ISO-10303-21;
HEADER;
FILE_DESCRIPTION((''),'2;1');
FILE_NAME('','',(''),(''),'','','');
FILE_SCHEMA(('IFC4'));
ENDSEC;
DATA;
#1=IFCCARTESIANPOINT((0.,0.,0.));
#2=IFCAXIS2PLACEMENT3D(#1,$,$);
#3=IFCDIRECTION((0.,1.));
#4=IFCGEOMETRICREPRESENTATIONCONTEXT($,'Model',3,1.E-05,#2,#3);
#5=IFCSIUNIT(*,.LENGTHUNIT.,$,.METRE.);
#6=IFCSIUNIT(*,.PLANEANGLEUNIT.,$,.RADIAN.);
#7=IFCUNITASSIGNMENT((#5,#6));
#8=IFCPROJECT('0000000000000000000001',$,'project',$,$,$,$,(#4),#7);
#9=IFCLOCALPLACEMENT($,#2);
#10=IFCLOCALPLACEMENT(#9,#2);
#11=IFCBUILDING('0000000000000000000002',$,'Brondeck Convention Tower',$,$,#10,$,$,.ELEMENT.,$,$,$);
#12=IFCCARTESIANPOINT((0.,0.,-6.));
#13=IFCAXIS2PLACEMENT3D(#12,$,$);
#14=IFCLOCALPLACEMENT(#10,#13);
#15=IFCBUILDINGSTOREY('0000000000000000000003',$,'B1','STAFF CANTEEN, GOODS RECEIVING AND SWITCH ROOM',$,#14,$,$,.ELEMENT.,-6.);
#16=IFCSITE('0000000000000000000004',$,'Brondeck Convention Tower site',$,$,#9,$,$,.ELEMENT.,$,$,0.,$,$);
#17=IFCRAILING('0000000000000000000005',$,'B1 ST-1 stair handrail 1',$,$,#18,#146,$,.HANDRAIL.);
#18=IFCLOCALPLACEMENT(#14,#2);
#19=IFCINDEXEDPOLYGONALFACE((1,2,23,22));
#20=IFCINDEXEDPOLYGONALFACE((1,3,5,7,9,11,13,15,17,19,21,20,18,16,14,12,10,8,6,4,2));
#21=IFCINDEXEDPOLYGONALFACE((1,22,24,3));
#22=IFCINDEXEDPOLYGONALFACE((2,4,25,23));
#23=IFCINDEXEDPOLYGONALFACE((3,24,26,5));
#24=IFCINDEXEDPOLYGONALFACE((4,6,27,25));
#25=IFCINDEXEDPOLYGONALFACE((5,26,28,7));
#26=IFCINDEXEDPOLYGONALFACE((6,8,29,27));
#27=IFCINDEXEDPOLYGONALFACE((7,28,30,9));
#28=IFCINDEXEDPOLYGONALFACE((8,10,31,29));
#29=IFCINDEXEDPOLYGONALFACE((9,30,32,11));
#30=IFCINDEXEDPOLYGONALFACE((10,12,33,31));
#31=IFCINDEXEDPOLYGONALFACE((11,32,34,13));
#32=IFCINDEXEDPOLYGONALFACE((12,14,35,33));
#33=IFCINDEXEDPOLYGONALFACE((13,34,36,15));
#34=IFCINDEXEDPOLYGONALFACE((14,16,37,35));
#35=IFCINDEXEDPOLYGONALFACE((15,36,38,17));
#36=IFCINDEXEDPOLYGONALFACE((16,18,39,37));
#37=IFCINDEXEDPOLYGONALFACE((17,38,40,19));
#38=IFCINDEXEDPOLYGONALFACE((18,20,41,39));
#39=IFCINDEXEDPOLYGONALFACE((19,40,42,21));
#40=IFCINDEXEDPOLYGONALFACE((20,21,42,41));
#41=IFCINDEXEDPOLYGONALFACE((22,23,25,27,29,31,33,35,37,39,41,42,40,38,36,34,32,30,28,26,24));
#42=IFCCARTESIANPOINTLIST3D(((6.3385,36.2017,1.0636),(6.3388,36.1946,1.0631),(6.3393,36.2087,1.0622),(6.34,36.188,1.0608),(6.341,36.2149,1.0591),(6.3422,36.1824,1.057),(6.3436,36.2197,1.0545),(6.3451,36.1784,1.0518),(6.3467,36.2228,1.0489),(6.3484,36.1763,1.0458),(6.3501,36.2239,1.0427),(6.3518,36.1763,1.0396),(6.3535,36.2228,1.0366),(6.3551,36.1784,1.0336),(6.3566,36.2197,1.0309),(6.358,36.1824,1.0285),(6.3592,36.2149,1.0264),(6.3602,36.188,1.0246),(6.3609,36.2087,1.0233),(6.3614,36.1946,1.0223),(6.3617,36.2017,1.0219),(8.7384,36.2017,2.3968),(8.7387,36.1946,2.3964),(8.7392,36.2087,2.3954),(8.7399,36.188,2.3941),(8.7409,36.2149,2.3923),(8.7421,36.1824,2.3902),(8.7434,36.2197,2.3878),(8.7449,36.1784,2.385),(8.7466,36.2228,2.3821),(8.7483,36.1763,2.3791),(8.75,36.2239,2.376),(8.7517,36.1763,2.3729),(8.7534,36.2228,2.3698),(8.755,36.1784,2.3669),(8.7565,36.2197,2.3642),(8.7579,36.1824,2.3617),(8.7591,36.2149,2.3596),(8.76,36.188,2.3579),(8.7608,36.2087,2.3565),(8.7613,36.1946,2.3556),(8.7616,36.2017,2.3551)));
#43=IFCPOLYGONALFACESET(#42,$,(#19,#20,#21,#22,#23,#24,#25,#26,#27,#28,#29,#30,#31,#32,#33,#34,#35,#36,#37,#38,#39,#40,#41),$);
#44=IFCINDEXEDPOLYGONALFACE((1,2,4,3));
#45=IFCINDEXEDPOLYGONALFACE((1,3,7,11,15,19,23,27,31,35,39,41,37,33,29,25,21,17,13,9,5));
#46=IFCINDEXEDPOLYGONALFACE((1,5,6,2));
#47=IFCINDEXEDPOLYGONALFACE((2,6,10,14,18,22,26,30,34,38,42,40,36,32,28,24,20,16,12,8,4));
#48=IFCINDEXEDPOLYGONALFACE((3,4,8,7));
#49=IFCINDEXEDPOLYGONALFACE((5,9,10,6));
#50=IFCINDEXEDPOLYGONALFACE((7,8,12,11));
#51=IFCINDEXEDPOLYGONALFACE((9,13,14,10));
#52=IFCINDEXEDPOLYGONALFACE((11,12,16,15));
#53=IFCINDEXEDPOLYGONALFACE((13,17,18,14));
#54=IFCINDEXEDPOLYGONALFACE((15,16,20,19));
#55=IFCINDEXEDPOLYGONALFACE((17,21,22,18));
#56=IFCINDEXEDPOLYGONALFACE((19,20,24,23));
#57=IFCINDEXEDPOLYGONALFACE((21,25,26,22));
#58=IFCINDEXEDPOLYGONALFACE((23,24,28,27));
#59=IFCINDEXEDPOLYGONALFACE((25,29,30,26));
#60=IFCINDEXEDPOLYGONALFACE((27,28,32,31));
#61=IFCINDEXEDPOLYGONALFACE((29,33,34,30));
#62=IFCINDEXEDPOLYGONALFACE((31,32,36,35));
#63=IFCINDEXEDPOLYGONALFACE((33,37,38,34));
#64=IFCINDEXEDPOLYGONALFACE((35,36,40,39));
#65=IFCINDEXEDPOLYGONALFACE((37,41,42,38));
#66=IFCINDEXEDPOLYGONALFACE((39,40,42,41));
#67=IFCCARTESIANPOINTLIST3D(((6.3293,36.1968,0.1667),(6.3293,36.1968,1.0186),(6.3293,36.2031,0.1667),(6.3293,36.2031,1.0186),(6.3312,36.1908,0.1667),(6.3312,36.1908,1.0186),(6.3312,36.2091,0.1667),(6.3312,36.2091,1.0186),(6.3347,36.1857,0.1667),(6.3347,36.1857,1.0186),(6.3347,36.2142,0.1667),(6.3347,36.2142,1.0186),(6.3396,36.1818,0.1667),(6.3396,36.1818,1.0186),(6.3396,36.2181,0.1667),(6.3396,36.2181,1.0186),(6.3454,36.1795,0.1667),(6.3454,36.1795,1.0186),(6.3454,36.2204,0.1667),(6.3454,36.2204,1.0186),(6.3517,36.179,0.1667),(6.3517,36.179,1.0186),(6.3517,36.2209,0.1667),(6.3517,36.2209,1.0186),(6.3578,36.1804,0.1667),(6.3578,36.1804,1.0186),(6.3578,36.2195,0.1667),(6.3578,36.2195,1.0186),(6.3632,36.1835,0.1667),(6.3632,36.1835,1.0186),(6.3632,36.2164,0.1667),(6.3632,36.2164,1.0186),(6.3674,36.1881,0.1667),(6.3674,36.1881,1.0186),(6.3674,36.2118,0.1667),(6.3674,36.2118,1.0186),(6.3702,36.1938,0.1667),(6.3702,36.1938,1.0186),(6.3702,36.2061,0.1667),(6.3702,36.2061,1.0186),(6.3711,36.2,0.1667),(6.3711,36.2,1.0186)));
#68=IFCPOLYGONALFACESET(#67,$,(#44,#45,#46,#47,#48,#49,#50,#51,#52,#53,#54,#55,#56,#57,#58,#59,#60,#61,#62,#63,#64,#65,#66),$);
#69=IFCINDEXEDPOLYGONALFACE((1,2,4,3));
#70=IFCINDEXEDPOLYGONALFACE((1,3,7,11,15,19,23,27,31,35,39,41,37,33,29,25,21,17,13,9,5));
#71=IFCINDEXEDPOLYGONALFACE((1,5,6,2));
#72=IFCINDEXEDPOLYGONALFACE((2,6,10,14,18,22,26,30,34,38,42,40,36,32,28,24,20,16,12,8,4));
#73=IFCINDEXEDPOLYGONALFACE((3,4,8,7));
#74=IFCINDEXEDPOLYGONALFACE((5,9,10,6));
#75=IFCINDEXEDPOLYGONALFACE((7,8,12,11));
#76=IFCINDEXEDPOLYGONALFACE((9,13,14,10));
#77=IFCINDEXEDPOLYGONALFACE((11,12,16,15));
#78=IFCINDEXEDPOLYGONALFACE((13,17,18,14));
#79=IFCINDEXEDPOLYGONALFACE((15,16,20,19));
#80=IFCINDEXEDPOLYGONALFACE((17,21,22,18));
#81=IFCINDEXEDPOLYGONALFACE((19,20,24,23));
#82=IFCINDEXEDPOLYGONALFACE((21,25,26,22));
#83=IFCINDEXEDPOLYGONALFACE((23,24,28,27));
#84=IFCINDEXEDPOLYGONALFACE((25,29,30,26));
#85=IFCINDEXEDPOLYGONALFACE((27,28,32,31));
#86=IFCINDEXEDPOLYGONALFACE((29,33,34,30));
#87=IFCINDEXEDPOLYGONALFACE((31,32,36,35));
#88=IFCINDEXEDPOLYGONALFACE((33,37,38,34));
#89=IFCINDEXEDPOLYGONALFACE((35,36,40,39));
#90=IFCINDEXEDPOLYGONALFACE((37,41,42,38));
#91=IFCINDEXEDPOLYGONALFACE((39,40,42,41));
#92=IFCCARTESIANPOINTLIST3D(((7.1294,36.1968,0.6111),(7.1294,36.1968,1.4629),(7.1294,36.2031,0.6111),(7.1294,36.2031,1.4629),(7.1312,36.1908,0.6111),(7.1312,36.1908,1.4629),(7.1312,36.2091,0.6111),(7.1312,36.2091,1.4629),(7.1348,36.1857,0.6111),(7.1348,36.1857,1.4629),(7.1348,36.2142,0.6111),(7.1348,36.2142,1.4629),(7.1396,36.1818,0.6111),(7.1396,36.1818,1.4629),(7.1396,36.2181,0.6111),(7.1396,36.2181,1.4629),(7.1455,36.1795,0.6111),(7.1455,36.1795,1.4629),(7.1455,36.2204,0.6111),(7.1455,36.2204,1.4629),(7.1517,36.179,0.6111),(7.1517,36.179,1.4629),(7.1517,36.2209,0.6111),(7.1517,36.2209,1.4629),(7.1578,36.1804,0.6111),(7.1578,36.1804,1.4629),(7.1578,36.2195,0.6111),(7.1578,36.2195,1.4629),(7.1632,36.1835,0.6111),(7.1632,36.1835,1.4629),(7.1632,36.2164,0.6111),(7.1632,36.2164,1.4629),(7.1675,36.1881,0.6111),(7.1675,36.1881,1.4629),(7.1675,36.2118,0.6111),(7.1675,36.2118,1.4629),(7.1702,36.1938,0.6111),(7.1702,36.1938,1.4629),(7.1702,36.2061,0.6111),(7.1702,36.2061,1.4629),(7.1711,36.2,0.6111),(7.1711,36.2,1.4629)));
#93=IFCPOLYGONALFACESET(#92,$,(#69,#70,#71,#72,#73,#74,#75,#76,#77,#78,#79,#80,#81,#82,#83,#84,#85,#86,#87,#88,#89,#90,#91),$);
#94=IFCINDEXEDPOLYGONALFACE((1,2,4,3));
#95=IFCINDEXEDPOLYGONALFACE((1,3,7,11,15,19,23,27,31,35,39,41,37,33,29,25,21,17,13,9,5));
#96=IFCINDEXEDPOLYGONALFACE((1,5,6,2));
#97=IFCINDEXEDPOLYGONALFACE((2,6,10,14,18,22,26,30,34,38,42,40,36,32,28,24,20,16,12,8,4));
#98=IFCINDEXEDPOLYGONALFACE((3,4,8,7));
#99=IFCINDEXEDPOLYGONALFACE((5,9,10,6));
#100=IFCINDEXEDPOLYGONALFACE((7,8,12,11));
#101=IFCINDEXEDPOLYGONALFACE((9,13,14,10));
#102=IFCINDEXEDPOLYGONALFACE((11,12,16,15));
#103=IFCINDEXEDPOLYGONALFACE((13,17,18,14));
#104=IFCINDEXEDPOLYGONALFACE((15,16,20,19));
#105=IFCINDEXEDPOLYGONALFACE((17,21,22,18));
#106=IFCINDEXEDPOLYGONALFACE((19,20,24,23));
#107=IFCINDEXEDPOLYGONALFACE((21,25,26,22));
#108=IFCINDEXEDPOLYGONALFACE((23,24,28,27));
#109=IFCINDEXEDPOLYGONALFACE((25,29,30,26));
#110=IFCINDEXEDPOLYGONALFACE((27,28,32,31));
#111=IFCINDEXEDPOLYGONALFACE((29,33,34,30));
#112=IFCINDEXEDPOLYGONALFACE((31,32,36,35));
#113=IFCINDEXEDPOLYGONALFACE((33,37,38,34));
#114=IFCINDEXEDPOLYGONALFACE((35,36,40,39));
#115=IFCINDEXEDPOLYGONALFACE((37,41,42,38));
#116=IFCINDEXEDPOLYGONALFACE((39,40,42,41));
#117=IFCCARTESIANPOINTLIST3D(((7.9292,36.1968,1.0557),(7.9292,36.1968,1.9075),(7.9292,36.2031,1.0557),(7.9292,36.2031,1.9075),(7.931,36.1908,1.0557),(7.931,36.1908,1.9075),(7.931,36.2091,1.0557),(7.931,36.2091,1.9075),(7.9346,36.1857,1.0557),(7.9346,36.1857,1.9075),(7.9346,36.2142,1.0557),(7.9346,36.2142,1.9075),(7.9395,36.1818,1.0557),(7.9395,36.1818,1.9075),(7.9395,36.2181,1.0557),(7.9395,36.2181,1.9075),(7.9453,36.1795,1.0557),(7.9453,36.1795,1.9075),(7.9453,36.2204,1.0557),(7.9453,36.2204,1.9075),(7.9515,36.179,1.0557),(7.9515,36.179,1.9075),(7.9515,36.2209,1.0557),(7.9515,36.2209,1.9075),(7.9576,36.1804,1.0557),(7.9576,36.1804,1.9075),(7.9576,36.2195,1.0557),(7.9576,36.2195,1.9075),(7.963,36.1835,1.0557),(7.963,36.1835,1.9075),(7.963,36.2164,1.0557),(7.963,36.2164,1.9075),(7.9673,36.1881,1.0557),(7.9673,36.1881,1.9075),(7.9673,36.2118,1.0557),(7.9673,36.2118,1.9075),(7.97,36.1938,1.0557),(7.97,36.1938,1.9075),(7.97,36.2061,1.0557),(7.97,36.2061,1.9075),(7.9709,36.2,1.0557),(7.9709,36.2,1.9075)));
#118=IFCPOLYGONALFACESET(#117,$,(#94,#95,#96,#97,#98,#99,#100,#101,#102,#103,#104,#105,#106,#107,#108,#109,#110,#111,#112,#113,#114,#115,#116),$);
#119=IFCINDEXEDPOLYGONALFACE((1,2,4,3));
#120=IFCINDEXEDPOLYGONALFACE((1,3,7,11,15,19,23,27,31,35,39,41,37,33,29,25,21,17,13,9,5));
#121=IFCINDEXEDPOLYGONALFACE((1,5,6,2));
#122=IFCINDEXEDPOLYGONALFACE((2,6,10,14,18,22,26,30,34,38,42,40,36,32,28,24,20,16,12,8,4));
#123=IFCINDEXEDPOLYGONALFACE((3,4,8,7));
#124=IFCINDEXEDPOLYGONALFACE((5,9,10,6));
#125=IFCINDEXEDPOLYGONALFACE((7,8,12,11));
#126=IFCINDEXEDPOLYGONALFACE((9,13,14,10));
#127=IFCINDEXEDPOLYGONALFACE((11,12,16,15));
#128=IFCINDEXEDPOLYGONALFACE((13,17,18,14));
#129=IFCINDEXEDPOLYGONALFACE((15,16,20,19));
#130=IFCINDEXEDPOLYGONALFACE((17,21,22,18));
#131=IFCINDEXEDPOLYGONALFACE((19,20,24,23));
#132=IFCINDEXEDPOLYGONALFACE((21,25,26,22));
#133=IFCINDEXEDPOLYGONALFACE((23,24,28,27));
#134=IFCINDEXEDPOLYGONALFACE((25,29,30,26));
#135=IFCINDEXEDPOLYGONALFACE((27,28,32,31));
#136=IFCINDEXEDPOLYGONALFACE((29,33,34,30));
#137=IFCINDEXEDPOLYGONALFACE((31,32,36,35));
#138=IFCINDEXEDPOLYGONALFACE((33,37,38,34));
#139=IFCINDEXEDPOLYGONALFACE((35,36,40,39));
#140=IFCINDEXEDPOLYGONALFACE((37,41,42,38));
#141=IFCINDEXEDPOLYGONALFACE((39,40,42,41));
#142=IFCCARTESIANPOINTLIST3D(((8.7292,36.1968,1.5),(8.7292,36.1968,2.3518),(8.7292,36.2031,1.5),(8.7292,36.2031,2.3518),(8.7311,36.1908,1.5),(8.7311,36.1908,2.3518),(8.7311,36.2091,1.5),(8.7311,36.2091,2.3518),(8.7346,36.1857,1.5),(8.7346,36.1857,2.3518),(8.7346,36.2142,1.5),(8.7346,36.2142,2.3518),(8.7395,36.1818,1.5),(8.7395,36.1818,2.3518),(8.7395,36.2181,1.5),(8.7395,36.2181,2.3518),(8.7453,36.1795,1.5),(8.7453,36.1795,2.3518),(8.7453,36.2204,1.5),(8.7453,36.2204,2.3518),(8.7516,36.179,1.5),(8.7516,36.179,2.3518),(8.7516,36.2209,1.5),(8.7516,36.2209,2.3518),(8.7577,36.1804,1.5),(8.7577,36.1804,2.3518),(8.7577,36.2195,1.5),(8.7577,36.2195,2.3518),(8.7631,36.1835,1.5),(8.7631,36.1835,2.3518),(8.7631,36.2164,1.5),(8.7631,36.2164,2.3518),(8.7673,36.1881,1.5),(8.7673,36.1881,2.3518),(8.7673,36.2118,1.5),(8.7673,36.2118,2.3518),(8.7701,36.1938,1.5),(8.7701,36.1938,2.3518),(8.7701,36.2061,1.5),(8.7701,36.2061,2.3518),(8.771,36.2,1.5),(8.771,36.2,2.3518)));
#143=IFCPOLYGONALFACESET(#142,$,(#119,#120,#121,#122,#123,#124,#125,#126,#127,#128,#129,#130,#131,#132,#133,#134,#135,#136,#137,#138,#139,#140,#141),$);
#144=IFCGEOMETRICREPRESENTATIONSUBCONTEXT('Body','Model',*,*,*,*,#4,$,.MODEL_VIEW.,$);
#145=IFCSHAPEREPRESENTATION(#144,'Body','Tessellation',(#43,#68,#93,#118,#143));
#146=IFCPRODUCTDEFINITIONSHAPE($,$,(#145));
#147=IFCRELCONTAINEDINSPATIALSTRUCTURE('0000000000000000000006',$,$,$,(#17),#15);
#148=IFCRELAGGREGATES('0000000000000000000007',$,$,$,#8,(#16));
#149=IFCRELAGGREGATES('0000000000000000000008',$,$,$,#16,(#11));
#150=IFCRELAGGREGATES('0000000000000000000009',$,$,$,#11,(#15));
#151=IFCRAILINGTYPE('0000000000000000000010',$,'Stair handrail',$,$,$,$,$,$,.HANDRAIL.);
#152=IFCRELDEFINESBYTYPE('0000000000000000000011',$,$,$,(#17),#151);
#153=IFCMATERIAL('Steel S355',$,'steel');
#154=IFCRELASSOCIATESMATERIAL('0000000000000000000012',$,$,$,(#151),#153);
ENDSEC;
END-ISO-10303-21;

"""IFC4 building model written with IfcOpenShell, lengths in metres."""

from ifc_helpers import new_model, si_unit, direction, frame, origin, origin_2d, place, context, subcontext, project, spatial, circle, extrude, material, type_object, element, save


model = new_model("IFC4")

# Units and contexts
model_context = context("Model", 3, precision=1e-05, world=origin(), true_north=direction((0.0, 1.0)))
body_context = subcontext(model_context, "Body", "Model", "MODEL_VIEW")
ifc_project = project(units=[si_unit("LENGTHUNIT", "METRE"), si_unit("PLANEANGLEUNIT", "RADIAN")], contexts=[model_context])

# Site, building, storey
site_placement = place(None, origin())
site = spatial("IfcSite", under=ifc_project, at=site_placement, Name="Brondeck Convention Tower site", CompositionType="ELEMENT", RefElevation=0.0)
building_placement = place(site_placement, origin())
building = spatial("IfcBuilding", under=site, at=building_placement, Name="Brondeck Convention Tower", CompositionType="ELEMENT")
storey_placement = place(building_placement, frame((0.0, 0.0, -6.0)))
storey = spatial("IfcBuildingStorey", under=building, at=storey_placement, Name="B1", Description="STAFF CANTEEN, GOODS RECEIVING AND SWITCH ROOM", CompositionType="ELEMENT", Elevation=-6.0)

# Shared definitions
ifc_material_1 = material(Name="Steel S355", Category="steel")

# Railing
railing_type = type_object("IfcRailingType", Name="Stair handrail", PredefinedType="HANDRAIL", material=ifc_material_1)
for number, where, name in (
    (1, (6.3501, 36.2, 0.1667), "B1 ST-1 stair handrail 1"),
):
    element("IfcRailing", number, at=place(storey_placement, frame(where)), inside=storey, type_object=railing_type, Name=name, PredefinedType="HANDRAIL", context=body_context, shape_type="SweptSolid", body=[
        extrude(circle(Radius=0.0239, at=origin_2d()), frame((0.0, 0.0, 0.876), z_axis=(0.874161, 0.0, 0.485635), x_axis=(0.0, 1.0, 0.0)), (0.0, 0.0, 1.0), 2.7454),
        extrude(circle(Radius=0.021, at=origin_2d()), origin(), (0.0, 0.0, 1.0), 0.8518),
        extrude(circle(Radius=0.021, at=origin_2d()), frame((0.8, 0.0, 0.4443)), (0.0, 0.0, 1.0), 0.8518),
        extrude(circle(Radius=0.021, at=origin_2d()), frame((1.5999, 0.0, 0.8889)), (0.0, 0.0, 1.0), 0.8518),
        extrude(circle(Radius=0.021, at=origin_2d()), frame((2.3999, 0.0, 1.3333)), (0.0, 0.0, 1.0), 0.8518),
    ])

save(model, "model.ifc")
